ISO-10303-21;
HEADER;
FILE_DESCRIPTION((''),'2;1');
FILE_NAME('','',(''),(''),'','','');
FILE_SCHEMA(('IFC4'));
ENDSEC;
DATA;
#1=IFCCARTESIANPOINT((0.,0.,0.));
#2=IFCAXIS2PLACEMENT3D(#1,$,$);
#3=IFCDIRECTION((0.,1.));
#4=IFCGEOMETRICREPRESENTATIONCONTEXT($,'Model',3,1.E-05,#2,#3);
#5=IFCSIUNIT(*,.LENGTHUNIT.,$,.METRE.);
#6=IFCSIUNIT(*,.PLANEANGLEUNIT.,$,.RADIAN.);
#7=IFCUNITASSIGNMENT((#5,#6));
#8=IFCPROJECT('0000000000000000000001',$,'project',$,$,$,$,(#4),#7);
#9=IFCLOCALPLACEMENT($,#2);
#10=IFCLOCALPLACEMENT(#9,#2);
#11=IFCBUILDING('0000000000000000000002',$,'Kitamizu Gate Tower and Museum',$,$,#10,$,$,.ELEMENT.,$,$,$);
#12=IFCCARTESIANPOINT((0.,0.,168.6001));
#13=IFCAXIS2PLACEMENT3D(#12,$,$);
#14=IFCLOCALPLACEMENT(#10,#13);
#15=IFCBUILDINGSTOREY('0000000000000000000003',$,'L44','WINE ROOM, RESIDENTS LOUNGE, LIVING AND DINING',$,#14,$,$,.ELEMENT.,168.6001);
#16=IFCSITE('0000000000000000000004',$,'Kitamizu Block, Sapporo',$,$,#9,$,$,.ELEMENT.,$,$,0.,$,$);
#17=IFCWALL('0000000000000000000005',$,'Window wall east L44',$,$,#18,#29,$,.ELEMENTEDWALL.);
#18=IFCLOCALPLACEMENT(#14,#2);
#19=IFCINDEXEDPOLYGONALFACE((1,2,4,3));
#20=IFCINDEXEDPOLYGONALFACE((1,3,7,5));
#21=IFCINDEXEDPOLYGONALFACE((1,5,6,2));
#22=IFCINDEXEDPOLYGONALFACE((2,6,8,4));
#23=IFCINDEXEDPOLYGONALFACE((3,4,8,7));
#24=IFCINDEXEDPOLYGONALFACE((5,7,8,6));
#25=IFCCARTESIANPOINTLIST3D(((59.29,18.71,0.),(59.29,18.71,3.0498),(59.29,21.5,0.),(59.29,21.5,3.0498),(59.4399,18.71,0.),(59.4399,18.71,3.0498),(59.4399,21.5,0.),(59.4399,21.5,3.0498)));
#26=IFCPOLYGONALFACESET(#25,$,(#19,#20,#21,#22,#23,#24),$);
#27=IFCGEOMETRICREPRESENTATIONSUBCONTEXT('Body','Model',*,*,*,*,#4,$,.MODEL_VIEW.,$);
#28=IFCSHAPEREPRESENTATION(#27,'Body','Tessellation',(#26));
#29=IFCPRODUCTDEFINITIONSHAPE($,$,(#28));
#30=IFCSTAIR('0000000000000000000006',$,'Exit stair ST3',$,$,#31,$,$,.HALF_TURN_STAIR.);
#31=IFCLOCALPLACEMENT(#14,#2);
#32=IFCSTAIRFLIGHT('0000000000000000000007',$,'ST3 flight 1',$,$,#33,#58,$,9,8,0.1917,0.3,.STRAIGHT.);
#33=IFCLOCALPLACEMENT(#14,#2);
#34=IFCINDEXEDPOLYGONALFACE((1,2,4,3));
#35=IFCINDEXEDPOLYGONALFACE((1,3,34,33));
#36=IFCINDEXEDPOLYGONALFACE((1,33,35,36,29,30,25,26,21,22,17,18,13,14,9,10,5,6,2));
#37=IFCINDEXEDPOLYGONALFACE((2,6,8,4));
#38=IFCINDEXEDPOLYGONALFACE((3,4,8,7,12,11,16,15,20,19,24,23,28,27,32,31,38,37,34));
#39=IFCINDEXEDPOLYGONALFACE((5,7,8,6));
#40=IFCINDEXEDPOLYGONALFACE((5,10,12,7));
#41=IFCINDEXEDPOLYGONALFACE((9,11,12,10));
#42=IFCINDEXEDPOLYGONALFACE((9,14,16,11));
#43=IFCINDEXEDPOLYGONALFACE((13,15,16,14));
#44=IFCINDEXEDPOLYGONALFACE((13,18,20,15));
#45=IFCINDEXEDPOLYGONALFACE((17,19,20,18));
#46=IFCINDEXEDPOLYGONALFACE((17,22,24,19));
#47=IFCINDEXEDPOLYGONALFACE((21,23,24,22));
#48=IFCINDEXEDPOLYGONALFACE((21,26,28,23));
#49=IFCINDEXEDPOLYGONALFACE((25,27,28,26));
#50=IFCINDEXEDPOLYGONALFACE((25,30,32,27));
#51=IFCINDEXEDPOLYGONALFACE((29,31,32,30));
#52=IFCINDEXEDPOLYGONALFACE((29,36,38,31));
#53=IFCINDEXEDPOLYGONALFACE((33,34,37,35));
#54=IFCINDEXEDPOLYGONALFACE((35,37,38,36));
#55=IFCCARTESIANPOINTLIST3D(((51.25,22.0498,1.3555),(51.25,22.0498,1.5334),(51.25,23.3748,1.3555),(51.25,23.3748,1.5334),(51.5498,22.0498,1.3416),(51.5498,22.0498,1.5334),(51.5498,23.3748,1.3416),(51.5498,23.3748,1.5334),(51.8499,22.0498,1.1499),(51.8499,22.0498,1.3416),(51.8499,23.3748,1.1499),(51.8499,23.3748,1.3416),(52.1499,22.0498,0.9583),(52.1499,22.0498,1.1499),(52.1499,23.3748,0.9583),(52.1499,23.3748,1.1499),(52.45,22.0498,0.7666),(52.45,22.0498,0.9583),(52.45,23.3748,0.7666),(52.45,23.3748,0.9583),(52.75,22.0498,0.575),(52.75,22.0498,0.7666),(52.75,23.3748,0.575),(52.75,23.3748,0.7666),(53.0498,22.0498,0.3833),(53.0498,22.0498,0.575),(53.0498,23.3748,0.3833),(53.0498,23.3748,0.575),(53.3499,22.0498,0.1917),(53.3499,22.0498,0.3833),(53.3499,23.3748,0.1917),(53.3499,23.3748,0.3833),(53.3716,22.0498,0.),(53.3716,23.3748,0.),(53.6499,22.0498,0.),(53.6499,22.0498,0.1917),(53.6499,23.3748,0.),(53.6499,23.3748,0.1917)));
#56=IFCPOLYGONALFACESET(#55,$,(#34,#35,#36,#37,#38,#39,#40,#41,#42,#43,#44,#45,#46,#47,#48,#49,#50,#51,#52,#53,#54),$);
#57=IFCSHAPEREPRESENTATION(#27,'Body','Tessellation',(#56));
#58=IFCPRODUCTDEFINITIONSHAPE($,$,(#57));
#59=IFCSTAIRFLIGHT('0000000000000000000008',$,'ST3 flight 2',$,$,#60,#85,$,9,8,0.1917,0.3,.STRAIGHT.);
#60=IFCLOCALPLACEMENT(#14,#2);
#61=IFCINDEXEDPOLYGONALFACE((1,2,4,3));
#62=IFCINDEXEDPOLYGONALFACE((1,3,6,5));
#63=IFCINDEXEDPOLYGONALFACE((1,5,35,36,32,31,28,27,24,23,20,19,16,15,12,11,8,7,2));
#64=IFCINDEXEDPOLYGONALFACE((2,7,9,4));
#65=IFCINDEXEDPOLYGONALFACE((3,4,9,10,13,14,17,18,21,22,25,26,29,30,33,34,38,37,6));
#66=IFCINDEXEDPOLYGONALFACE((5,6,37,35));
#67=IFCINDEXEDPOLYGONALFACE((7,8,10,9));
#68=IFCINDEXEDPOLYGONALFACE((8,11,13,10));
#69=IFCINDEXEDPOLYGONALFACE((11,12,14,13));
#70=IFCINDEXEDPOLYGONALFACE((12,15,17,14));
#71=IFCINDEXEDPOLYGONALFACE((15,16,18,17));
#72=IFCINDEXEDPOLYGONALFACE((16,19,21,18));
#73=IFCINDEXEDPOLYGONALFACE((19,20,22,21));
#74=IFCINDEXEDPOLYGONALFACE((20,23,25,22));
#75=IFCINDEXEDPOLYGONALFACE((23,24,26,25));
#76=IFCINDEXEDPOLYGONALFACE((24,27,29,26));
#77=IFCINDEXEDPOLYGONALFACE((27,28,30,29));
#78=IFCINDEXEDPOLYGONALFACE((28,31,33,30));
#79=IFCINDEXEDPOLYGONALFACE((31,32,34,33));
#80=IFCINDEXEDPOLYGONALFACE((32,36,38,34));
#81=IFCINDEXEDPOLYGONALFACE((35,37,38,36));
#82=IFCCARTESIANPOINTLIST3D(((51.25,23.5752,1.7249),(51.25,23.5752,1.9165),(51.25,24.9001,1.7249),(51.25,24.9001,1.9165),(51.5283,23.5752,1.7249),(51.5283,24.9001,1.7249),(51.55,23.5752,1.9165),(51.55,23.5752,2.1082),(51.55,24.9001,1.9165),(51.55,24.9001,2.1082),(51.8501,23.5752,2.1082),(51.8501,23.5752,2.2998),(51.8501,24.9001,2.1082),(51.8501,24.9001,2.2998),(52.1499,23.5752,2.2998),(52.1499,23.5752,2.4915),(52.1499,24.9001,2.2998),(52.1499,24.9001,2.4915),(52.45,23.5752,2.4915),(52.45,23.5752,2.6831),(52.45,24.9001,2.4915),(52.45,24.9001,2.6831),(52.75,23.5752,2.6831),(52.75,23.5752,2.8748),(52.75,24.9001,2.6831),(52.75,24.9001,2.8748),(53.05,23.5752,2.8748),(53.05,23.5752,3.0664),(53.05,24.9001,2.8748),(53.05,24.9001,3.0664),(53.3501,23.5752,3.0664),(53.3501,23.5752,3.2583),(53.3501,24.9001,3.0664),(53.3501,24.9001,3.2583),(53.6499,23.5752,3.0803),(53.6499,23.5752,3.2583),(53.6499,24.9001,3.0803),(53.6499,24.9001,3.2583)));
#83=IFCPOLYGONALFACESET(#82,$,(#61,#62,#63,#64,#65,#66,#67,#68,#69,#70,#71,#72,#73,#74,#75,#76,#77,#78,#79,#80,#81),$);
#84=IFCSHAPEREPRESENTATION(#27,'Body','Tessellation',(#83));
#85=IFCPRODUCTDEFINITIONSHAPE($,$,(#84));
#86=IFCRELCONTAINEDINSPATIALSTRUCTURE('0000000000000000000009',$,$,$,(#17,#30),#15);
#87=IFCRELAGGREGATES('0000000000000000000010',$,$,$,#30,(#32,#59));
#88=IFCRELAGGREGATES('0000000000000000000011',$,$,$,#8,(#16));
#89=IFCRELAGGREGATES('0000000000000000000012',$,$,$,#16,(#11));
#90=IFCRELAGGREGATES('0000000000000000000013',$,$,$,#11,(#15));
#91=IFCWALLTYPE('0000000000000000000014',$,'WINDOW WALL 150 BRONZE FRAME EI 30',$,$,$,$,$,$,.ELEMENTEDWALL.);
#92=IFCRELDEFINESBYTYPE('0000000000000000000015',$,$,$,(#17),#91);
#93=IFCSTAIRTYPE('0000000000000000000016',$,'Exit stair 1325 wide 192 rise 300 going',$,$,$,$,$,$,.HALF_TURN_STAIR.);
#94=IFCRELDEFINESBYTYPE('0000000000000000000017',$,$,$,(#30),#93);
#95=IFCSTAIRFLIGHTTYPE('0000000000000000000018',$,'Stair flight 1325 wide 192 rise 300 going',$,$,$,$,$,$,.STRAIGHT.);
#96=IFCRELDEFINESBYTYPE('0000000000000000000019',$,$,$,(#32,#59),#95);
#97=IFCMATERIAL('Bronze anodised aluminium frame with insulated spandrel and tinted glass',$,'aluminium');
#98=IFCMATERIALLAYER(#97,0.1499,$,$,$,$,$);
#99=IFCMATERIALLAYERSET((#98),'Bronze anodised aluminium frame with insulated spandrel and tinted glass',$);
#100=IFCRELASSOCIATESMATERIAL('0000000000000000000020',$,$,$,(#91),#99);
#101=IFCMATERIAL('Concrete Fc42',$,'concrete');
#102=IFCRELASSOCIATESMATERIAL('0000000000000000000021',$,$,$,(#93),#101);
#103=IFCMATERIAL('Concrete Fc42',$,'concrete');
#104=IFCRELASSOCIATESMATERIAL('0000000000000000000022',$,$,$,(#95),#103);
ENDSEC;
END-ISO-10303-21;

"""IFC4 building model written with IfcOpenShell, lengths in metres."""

from ifc_helpers import new_model, si_unit, direction, frame, frame_2d, origin, place, context, subcontext, project, spatial, polyline, rectangle, outline, extrude, material, layer, layer_set, type_object, element, aggregate, save


model = new_model("IFC4")

# Units and contexts
model_context = context("Model", 3, precision=1e-05, world=origin(), true_north=direction((0.0, 1.0)))
body_context = subcontext(model_context, "Body", "Model", "MODEL_VIEW")
ifc_project = project(units=[si_unit("LENGTHUNIT", "METRE"), si_unit("PLANEANGLEUNIT", "RADIAN")], contexts=[model_context])

# Site, building, storey
site_placement = place(None, origin())
site = spatial("IfcSite", under=ifc_project, at=site_placement, Name="Kitamizu Block, Sapporo", CompositionType="ELEMENT", RefElevation=0.0)
building_placement = place(site_placement, origin())
building = spatial("IfcBuilding", under=site, at=building_placement, Name="Kitamizu Gate Tower and Museum", CompositionType="ELEMENT")
storey_placement = place(building_placement, frame((0.0, 0.0, 168.6001)))
storey = spatial("IfcBuildingStorey", under=building, at=storey_placement, Name="L44", Description="WINE ROOM, RESIDENTS LOUNGE, LIVING AND DINING", CompositionType="ELEMENT", Elevation=168.6001)

# Wall
ifc_material_1 = material(Name="Bronze anodised aluminium frame with insulated spandrel and tinted glass", Category="aluminium")
ifc_layer_1 = layer(ifc_material_1, 0.1499)
ifc_layer_set_1 = layer_set([ifc_layer_1], Name="Bronze anodised aluminium frame with insulated spandrel and tinted glass")
wall_type_1 = type_object("IfcWallType", Name="WINDOW WALL 150 BRONZE FRAME EI 30", PredefinedType="ELEMENTEDWALL", material=ifc_layer_set_1)
wall_1_placement = place(storey_placement, frame((59.365, 18.71, 0.0), z_axis=(0.0, 0.0, 1.0), x_axis=(0.0, 1.0, 0.0)))
element("IfcWall", 1, at=wall_1_placement, inside=storey, type_object=wall_type_1, Name="Window wall east L44", PredefinedType="ELEMENTEDWALL", context=body_context, shape_type="SweptSolid", body=[
    extrude(rectangle(XDim=2.79, YDim=0.1499, at=frame_2d((1.395, 0.0))), origin(), (0.0, 0.0, 1.0), 3.0498),
])

# Stair, stair flights
ifc_material_2 = material(Name="Concrete Fc42", Category="concrete")
stair_type = type_object("IfcStairType", Name="Exit stair 1325 wide 192 rise 300 going", PredefinedType="HALF_TURN_STAIR", material=ifc_material_2)
stair_placement = place(storey_placement, origin())
stair = element("IfcStair", 2, at=stair_placement, inside=storey, type_object=stair_type, Name="Exit stair ST3", PredefinedType="HALF_TURN_STAIR")
ifc_material_3 = material(Name="Concrete Fc42", Category="concrete")
stair_flight_type = type_object("IfcStairFlightType", Name="Stair flight 1325 wide 192 rise 300 going", PredefinedType="STRAIGHT", material=ifc_material_3)
stair_flight_1_placement = place(storey_placement, frame((53.6499, 22.7124, 0.0), z_axis=(0.0, 0.0, 1.0), x_axis=(-1.0, 0.0, 0.0)))
stair_flight_1 = element("IfcStairFlight", 3, at=stair_flight_1_placement, type_object=stair_flight_type, Name="ST3 flight 1", NumberOfRisers=9, NumberOfTreads=8, PredefinedType="STRAIGHT", RiserHeight=0.1917, TreadLength=0.3, context=body_context, shape_type="SweptSolid", body=[
    extrude(outline(polyline([(0.0, 0.0), (0.0, 0.1917), (0.3, 0.1917), (0.3, 0.3833), (0.6001, 0.3833), (0.6001, 0.575), (0.8999, 0.575), (0.8999, 0.7666), (1.2, 0.7666), (1.2, 0.9583), (1.5, 0.9583), (1.5, 1.1499), (1.8, 1.1499), (1.8, 1.3416), (2.1001, 1.3416), (2.1001, 1.5334), (2.3999, 1.5334), (2.3999, 1.7251), (2.3999, 1.3555), (0.2783, 0.0), (0.0, 0.0)])), frame((0.0, 0.6626, 0.0), z_axis=(0.0, -1.0, 0.0), x_axis=(1.0, 0.0, 0.0)), (0.0, 0.0, 1.0), 1.325),
])
stair_flight_2_placement = place(storey_placement, frame((51.25, 24.2375, 1.7249), z_axis=(0.0, 0.0, 1.0), x_axis=(1.0, 0.0, 0.0)))
stair_flight_2 = element("IfcStairFlight", 4, at=stair_flight_2_placement, type_object=stair_flight_type, Name="ST3 flight 2", NumberOfRisers=9, NumberOfTreads=8, PredefinedType="STRAIGHT", RiserHeight=0.1917, TreadLength=0.3, context=body_context, shape_type="SweptSolid", body=[
    extrude(outline(polyline([(0.0, 0.0), (0.0, 0.1917), (0.3, 0.1917), (0.3, 0.3833), (0.6001, 0.3833), (0.6001, 0.575), (0.8999, 0.575), (0.8999, 0.7666), (1.2, 0.7666), (1.2, 0.9583), (1.5, 0.9583), (1.5, 1.1499), (1.8, 1.1499), (1.8, 1.3416), (2.1001, 1.3416), (2.1001, 1.5334), (2.3999, 1.5334), (2.3999, 1.7251), (2.3999, 1.3555), (0.2783, 0.0), (0.0, 0.0)])), frame((0.0, 0.6626, 0.0), z_axis=(0.0, -1.0, 0.0), x_axis=(1.0, 0.0, 0.0)), (0.0, 0.0, 1.0), 1.325),
])
aggregate(stair, [stair_flight_1, stair_flight_2])

save(model, "model.ifc")
